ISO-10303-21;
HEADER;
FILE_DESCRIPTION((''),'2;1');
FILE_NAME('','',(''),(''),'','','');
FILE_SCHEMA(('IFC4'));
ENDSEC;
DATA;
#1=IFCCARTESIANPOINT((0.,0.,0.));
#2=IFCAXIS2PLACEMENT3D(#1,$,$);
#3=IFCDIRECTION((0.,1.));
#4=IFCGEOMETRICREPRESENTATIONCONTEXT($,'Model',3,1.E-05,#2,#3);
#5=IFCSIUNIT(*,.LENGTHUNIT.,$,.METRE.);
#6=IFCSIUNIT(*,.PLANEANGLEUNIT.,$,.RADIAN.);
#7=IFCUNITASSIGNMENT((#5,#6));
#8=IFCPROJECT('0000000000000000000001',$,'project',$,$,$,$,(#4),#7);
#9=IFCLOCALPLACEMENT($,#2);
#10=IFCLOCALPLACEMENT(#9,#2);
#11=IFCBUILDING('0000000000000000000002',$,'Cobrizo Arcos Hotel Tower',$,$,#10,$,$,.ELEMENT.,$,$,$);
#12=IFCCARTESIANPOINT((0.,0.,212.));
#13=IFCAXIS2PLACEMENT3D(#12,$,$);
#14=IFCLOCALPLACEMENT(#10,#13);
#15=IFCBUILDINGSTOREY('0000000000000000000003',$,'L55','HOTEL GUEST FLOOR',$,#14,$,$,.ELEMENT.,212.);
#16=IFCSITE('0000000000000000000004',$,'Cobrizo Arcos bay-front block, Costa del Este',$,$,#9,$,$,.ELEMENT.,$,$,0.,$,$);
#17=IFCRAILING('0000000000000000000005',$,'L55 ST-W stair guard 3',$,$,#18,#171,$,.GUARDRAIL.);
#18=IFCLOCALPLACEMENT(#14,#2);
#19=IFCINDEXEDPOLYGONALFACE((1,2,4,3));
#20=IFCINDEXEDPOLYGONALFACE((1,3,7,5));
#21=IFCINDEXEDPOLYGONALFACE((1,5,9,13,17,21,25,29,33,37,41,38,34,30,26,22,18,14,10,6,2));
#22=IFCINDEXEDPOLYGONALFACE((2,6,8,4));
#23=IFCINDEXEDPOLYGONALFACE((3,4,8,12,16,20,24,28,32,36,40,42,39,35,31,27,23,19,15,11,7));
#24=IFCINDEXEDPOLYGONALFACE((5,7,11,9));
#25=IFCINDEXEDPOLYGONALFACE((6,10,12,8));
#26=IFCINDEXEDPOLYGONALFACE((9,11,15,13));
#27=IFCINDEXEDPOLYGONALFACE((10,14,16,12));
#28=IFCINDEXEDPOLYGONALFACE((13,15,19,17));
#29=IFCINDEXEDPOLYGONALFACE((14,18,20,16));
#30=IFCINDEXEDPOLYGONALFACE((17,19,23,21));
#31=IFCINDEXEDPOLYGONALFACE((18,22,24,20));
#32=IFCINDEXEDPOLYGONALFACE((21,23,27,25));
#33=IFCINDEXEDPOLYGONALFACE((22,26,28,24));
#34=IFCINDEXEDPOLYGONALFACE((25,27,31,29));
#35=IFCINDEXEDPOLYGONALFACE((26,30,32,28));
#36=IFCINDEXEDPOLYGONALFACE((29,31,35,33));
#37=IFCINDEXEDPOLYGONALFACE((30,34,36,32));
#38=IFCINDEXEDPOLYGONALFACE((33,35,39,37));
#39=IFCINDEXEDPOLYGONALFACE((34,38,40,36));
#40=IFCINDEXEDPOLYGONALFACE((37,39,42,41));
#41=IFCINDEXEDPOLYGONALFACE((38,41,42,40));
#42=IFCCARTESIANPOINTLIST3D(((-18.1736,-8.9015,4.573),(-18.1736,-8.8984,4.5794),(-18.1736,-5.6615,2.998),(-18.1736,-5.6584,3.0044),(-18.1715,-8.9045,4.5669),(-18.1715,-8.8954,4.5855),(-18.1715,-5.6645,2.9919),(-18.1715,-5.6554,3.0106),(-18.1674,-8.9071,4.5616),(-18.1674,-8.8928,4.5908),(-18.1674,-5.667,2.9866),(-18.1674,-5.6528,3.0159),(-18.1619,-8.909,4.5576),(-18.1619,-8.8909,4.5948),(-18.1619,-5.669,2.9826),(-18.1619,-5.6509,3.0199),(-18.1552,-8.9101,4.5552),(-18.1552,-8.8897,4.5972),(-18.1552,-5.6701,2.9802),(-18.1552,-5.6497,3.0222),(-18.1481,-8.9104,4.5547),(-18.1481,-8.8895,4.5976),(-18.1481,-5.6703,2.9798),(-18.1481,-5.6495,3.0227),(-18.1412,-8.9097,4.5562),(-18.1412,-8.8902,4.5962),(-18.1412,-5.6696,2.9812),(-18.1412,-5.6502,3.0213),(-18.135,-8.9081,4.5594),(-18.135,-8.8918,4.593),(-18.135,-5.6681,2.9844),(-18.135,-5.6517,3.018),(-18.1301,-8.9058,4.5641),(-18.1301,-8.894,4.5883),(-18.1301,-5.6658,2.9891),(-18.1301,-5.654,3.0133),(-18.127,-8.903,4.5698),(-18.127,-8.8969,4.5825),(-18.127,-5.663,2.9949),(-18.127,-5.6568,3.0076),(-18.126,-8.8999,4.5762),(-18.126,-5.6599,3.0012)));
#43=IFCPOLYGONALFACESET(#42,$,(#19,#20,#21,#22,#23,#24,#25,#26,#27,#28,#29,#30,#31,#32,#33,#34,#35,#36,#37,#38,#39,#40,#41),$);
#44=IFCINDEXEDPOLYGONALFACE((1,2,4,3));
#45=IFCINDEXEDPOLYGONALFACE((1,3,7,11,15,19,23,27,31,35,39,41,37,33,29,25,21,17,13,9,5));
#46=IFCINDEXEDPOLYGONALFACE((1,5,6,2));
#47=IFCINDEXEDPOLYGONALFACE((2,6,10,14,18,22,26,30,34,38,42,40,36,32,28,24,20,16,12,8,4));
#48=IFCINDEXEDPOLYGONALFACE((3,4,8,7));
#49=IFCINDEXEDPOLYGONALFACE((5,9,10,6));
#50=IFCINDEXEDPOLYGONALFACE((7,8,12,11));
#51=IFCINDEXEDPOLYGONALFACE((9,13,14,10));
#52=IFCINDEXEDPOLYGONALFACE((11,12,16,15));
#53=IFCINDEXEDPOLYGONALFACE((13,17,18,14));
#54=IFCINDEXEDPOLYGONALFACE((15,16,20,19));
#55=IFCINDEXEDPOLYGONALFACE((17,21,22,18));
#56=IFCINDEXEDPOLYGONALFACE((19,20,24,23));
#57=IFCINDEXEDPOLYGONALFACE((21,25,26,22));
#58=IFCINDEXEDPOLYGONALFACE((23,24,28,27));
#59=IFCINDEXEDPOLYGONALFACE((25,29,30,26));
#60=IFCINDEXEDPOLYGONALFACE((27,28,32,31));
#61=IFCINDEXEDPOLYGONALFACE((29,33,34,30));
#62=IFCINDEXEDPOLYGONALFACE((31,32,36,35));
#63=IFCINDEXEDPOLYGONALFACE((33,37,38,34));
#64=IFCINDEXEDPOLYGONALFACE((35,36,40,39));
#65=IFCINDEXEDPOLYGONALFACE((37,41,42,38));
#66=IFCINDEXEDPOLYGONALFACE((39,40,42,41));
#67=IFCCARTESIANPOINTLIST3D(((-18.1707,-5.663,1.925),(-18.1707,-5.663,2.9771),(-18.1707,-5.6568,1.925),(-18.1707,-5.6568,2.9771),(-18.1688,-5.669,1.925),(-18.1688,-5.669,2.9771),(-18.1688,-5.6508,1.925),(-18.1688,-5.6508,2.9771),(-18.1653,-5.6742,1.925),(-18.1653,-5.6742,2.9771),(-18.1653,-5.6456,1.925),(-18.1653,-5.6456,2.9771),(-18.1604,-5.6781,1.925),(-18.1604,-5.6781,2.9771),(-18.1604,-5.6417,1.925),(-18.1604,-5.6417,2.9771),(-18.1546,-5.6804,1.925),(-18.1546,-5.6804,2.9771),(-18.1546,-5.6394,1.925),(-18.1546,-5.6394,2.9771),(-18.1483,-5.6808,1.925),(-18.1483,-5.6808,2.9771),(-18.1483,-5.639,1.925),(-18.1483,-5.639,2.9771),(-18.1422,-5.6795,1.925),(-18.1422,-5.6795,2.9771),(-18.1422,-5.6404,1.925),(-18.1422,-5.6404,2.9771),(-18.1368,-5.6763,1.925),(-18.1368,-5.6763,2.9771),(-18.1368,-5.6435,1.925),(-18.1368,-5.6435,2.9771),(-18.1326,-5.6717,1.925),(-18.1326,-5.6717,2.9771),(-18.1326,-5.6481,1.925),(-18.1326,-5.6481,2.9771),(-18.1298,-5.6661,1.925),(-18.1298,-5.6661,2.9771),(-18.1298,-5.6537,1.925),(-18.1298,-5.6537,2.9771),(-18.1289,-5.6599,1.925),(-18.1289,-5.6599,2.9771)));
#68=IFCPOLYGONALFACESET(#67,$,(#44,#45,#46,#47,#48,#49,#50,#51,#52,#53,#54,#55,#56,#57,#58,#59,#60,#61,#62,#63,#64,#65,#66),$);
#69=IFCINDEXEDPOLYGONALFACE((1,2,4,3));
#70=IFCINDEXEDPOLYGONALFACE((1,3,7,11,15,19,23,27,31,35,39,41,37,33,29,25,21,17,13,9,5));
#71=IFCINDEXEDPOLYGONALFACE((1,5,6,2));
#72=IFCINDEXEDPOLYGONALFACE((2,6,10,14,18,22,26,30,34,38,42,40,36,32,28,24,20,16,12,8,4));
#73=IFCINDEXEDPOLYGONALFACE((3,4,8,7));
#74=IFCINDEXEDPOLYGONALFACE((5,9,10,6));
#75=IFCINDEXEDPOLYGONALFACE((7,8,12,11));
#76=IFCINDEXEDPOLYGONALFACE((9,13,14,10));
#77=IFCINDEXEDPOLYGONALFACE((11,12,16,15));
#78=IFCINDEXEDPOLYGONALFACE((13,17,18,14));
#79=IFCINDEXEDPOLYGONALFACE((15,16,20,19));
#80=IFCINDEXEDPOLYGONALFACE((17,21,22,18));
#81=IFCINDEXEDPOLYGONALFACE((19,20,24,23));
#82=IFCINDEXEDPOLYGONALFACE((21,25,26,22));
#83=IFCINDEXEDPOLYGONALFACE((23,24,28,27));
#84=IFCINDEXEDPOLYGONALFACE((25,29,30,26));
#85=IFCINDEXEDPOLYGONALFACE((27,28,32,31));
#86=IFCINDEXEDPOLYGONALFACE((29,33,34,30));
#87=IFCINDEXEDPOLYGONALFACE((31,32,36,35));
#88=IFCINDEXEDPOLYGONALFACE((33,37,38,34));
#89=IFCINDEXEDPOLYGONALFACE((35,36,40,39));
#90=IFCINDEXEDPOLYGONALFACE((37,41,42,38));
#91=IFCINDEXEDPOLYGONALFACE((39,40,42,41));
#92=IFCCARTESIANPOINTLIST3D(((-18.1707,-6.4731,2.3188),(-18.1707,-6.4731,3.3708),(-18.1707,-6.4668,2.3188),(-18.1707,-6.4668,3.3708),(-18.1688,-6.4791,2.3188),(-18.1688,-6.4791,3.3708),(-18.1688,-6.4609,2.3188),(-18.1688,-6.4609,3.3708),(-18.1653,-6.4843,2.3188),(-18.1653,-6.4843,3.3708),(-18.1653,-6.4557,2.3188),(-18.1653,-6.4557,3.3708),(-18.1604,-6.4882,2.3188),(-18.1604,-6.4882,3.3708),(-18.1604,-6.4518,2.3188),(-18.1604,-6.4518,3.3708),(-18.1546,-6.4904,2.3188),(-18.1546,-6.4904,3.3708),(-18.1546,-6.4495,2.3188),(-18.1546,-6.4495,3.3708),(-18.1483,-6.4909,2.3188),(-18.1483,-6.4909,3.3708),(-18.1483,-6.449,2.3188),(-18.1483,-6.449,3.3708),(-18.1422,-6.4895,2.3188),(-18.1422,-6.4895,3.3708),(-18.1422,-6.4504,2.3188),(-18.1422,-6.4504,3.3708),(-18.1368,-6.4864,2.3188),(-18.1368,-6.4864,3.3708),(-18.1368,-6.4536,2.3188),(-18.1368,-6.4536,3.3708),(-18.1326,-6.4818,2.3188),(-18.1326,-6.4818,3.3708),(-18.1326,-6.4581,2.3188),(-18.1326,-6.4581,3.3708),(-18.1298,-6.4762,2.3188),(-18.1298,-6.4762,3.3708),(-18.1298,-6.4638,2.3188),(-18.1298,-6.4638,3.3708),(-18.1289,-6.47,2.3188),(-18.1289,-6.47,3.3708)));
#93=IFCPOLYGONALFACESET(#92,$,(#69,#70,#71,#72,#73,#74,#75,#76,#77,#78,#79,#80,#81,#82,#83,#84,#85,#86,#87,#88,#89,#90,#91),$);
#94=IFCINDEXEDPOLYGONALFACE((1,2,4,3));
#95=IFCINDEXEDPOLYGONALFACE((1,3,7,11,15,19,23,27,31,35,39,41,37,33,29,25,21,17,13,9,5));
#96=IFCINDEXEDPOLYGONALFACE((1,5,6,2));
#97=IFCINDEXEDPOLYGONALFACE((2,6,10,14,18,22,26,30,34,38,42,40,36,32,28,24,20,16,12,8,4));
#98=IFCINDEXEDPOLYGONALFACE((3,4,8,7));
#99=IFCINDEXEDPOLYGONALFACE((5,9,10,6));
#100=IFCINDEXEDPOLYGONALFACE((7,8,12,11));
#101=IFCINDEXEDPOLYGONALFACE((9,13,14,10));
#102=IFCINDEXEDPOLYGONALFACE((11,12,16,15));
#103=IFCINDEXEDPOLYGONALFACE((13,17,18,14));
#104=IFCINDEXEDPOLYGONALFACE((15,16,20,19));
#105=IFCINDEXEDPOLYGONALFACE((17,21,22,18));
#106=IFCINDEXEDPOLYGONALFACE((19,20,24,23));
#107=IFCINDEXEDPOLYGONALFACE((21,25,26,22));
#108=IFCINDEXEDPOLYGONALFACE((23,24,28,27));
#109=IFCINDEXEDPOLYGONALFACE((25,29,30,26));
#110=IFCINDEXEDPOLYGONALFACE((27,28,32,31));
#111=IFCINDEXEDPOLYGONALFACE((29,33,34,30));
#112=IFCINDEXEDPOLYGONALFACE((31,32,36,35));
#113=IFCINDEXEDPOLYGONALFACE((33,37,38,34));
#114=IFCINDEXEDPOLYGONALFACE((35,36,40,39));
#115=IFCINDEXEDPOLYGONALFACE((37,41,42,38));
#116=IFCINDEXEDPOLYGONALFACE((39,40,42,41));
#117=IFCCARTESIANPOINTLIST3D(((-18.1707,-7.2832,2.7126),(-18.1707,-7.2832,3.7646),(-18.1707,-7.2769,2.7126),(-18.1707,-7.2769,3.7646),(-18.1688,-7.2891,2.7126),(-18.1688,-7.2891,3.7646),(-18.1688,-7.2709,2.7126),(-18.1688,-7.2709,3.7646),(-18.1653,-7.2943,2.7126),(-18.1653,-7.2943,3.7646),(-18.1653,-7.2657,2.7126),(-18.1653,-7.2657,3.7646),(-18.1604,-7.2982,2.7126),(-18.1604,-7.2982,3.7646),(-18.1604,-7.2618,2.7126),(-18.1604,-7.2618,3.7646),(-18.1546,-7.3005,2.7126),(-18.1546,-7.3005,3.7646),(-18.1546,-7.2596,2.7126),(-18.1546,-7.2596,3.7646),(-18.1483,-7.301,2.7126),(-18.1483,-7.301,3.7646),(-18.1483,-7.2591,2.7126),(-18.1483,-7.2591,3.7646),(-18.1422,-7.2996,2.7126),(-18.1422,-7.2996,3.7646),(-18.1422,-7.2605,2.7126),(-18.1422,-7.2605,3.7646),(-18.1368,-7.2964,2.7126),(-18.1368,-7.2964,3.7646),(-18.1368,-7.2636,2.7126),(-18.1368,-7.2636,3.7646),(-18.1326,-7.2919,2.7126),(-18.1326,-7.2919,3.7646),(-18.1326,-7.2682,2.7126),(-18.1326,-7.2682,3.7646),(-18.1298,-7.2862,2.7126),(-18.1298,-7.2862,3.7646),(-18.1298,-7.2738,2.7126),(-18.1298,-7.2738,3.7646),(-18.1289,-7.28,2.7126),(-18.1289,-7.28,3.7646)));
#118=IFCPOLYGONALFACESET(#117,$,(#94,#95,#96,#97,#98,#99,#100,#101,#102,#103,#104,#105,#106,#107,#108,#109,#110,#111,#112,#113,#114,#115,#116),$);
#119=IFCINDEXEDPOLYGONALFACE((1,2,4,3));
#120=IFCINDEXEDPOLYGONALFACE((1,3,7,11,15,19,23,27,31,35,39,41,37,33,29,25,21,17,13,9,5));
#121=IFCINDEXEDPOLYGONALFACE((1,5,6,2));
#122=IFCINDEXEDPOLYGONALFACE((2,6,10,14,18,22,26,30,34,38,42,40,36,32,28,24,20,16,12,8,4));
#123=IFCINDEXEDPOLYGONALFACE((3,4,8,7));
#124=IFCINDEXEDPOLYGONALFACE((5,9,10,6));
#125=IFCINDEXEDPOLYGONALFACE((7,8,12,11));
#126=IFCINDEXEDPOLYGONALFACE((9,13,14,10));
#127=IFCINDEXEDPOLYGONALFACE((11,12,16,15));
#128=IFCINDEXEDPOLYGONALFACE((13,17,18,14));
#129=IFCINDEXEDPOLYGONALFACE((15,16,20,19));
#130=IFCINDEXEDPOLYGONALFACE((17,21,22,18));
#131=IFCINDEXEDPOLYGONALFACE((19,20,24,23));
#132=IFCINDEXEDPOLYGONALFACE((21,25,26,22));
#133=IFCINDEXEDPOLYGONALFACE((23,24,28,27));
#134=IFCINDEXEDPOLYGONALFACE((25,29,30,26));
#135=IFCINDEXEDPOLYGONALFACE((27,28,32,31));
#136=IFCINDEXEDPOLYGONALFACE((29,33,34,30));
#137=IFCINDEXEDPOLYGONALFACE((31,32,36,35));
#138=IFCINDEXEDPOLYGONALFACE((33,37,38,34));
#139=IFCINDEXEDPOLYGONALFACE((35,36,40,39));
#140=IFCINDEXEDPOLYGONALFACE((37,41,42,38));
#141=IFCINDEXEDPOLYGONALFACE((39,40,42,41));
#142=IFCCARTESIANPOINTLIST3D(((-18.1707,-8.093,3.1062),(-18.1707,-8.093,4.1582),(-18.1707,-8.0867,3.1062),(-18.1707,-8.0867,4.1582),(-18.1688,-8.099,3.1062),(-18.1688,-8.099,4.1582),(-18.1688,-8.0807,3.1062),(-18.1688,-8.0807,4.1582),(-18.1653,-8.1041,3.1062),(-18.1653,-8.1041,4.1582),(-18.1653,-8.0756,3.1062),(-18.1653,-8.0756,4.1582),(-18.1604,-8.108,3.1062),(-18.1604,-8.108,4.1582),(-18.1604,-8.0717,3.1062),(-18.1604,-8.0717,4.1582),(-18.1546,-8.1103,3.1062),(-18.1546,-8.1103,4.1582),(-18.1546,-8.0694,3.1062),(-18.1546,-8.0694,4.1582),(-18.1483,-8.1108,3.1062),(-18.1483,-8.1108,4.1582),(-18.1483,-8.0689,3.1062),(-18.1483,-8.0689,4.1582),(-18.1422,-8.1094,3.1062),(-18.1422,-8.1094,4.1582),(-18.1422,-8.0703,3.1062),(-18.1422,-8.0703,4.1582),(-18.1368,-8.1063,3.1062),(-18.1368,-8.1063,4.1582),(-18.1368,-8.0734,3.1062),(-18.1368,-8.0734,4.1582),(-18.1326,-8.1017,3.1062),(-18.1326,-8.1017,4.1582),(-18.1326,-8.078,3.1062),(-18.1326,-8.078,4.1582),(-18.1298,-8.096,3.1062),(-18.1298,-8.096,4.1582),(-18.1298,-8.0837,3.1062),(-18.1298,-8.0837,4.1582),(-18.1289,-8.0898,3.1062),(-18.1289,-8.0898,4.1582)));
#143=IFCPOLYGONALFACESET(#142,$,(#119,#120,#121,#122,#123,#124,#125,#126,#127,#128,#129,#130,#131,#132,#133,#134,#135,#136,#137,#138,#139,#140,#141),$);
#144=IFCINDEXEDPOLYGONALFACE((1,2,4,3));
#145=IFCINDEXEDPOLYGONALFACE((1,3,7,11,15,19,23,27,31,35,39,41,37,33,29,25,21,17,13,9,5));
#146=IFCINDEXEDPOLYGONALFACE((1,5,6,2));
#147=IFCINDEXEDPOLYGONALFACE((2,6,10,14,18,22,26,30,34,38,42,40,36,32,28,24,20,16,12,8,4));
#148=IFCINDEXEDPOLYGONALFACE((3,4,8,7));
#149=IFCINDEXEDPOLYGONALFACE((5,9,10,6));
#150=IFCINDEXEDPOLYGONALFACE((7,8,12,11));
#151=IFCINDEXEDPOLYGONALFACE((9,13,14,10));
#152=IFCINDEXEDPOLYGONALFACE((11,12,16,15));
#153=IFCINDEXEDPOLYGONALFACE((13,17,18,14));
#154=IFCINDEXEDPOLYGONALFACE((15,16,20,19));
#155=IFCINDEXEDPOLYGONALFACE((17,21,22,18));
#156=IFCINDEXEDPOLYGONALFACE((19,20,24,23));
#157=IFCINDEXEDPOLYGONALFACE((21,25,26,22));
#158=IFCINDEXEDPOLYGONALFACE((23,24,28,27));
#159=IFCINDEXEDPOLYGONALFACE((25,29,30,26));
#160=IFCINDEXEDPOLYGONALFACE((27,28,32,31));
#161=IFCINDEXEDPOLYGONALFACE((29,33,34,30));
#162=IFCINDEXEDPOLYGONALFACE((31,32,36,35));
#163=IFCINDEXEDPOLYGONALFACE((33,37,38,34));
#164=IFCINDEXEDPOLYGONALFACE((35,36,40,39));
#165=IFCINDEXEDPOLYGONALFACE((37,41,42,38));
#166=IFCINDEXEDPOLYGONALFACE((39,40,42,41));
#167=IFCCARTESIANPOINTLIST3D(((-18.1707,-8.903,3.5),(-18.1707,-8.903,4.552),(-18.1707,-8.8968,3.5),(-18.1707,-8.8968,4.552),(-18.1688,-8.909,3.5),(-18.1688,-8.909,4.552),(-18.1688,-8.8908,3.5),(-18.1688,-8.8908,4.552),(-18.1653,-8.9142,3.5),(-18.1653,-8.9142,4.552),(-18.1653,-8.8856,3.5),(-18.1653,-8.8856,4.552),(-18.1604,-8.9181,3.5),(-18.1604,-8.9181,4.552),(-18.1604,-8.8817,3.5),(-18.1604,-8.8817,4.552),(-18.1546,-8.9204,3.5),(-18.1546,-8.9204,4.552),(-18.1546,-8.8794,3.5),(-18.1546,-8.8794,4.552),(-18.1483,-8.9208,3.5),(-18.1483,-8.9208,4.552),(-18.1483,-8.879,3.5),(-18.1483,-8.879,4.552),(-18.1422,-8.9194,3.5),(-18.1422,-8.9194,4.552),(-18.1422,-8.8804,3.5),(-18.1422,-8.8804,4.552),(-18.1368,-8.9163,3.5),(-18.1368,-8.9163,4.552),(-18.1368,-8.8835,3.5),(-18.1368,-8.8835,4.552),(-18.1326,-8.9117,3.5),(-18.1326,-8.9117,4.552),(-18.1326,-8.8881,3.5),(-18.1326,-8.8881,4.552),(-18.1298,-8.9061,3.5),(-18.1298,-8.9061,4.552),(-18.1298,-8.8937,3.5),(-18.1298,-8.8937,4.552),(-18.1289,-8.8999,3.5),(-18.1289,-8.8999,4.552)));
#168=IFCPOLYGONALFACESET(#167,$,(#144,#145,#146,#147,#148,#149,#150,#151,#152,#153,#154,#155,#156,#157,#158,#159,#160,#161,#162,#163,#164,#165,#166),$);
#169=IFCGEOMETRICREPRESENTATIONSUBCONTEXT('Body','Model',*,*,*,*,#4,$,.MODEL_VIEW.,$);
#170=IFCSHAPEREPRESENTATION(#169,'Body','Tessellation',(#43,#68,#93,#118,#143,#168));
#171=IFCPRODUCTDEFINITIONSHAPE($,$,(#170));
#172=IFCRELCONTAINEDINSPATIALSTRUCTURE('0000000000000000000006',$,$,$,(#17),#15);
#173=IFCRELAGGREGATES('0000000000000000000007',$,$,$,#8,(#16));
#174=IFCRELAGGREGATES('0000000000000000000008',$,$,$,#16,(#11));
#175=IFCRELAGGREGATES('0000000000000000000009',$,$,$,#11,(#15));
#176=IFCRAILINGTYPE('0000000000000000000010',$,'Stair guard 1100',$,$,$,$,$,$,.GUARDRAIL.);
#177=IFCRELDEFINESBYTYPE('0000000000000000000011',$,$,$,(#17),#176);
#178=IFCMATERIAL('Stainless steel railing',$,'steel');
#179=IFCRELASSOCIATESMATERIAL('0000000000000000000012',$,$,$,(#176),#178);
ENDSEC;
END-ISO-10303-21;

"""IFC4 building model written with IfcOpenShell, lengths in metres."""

from ifc_helpers import new_model, si_unit, direction, frame, origin, origin_2d, place, context, subcontext, project, spatial, circle, extrude, material, type_object, element, save


model = new_model("IFC4")

# Units and contexts
model_context = context("Model", 3, precision=1e-05, world=origin(), true_north=direction((0.0, 1.0)))
body_context = subcontext(model_context, "Body", "Model", "MODEL_VIEW")
ifc_project = project(units=[si_unit("LENGTHUNIT", "METRE"), si_unit("PLANEANGLEUNIT", "RADIAN")], contexts=[model_context])

# Site, building, storey
site_placement = place(None, origin())
site = spatial("IfcSite", under=ifc_project, at=site_placement, Name="Cobrizo Arcos bay-front block, Costa del Este", CompositionType="ELEMENT", RefElevation=0.0)
building_placement = place(site_placement, origin())
building = spatial("IfcBuilding", under=site, at=building_placement, Name="Cobrizo Arcos Hotel Tower", CompositionType="ELEMENT")
storey_placement = place(building_placement, frame((0.0, 0.0, 212.0)))
storey = spatial("IfcBuildingStorey", under=building, at=storey_placement, Name="L55", Description="HOTEL GUEST FLOOR", CompositionType="ELEMENT", Elevation=212.0)

# Railing
ifc_material_1 = material(Name="Stainless steel railing", Category="steel")
railing_type_1 = type_object("IfcRailingType", Name="Stair guard 1100", PredefinedType="GUARDRAIL", material=ifc_material_1)
railing_1_placement = place(storey_placement, frame((-18.1499, -5.6599, 1.925)))
element("IfcRailing", 1, at=railing_1_placement, inside=storey, type_object=railing_type_1, Name="L55 ST-W stair guard 3", PredefinedType="GUARDRAIL", context=body_context, shape_type="SweptSolid", body=[
    extrude(circle(Radius=0.0239, at=origin_2d()), frame((0.0, 0.0, 1.0762), z_axis=(0.0, -0.899373, 0.437183), x_axis=(1.0, 0.0, 0.0)), (0.0, 0.0, 1.0), 3.6025),
    extrude(circle(Radius=0.021, at=origin_2d()), origin(), (0.0, 0.0, 1.0), 1.052),
    extrude(circle(Radius=0.021, at=origin_2d()), frame((0.0, -0.8101, 0.3938)), (0.0, 0.0, 1.0), 1.052),
    extrude(circle(Radius=0.021, at=origin_2d()), frame((0.0, -1.6201, 0.7876)), (0.0, 0.0, 1.0), 1.052),
    extrude(circle(Radius=0.021, at=origin_2d()), frame((0.0, -2.4299, 1.1812)), (0.0, 0.0, 1.0), 1.052),
    extrude(circle(Radius=0.021, at=origin_2d()), frame((0.0, -3.24, 1.575)), (0.0, 0.0, 1.0), 1.052),
])

save(model, "model.ifc")
